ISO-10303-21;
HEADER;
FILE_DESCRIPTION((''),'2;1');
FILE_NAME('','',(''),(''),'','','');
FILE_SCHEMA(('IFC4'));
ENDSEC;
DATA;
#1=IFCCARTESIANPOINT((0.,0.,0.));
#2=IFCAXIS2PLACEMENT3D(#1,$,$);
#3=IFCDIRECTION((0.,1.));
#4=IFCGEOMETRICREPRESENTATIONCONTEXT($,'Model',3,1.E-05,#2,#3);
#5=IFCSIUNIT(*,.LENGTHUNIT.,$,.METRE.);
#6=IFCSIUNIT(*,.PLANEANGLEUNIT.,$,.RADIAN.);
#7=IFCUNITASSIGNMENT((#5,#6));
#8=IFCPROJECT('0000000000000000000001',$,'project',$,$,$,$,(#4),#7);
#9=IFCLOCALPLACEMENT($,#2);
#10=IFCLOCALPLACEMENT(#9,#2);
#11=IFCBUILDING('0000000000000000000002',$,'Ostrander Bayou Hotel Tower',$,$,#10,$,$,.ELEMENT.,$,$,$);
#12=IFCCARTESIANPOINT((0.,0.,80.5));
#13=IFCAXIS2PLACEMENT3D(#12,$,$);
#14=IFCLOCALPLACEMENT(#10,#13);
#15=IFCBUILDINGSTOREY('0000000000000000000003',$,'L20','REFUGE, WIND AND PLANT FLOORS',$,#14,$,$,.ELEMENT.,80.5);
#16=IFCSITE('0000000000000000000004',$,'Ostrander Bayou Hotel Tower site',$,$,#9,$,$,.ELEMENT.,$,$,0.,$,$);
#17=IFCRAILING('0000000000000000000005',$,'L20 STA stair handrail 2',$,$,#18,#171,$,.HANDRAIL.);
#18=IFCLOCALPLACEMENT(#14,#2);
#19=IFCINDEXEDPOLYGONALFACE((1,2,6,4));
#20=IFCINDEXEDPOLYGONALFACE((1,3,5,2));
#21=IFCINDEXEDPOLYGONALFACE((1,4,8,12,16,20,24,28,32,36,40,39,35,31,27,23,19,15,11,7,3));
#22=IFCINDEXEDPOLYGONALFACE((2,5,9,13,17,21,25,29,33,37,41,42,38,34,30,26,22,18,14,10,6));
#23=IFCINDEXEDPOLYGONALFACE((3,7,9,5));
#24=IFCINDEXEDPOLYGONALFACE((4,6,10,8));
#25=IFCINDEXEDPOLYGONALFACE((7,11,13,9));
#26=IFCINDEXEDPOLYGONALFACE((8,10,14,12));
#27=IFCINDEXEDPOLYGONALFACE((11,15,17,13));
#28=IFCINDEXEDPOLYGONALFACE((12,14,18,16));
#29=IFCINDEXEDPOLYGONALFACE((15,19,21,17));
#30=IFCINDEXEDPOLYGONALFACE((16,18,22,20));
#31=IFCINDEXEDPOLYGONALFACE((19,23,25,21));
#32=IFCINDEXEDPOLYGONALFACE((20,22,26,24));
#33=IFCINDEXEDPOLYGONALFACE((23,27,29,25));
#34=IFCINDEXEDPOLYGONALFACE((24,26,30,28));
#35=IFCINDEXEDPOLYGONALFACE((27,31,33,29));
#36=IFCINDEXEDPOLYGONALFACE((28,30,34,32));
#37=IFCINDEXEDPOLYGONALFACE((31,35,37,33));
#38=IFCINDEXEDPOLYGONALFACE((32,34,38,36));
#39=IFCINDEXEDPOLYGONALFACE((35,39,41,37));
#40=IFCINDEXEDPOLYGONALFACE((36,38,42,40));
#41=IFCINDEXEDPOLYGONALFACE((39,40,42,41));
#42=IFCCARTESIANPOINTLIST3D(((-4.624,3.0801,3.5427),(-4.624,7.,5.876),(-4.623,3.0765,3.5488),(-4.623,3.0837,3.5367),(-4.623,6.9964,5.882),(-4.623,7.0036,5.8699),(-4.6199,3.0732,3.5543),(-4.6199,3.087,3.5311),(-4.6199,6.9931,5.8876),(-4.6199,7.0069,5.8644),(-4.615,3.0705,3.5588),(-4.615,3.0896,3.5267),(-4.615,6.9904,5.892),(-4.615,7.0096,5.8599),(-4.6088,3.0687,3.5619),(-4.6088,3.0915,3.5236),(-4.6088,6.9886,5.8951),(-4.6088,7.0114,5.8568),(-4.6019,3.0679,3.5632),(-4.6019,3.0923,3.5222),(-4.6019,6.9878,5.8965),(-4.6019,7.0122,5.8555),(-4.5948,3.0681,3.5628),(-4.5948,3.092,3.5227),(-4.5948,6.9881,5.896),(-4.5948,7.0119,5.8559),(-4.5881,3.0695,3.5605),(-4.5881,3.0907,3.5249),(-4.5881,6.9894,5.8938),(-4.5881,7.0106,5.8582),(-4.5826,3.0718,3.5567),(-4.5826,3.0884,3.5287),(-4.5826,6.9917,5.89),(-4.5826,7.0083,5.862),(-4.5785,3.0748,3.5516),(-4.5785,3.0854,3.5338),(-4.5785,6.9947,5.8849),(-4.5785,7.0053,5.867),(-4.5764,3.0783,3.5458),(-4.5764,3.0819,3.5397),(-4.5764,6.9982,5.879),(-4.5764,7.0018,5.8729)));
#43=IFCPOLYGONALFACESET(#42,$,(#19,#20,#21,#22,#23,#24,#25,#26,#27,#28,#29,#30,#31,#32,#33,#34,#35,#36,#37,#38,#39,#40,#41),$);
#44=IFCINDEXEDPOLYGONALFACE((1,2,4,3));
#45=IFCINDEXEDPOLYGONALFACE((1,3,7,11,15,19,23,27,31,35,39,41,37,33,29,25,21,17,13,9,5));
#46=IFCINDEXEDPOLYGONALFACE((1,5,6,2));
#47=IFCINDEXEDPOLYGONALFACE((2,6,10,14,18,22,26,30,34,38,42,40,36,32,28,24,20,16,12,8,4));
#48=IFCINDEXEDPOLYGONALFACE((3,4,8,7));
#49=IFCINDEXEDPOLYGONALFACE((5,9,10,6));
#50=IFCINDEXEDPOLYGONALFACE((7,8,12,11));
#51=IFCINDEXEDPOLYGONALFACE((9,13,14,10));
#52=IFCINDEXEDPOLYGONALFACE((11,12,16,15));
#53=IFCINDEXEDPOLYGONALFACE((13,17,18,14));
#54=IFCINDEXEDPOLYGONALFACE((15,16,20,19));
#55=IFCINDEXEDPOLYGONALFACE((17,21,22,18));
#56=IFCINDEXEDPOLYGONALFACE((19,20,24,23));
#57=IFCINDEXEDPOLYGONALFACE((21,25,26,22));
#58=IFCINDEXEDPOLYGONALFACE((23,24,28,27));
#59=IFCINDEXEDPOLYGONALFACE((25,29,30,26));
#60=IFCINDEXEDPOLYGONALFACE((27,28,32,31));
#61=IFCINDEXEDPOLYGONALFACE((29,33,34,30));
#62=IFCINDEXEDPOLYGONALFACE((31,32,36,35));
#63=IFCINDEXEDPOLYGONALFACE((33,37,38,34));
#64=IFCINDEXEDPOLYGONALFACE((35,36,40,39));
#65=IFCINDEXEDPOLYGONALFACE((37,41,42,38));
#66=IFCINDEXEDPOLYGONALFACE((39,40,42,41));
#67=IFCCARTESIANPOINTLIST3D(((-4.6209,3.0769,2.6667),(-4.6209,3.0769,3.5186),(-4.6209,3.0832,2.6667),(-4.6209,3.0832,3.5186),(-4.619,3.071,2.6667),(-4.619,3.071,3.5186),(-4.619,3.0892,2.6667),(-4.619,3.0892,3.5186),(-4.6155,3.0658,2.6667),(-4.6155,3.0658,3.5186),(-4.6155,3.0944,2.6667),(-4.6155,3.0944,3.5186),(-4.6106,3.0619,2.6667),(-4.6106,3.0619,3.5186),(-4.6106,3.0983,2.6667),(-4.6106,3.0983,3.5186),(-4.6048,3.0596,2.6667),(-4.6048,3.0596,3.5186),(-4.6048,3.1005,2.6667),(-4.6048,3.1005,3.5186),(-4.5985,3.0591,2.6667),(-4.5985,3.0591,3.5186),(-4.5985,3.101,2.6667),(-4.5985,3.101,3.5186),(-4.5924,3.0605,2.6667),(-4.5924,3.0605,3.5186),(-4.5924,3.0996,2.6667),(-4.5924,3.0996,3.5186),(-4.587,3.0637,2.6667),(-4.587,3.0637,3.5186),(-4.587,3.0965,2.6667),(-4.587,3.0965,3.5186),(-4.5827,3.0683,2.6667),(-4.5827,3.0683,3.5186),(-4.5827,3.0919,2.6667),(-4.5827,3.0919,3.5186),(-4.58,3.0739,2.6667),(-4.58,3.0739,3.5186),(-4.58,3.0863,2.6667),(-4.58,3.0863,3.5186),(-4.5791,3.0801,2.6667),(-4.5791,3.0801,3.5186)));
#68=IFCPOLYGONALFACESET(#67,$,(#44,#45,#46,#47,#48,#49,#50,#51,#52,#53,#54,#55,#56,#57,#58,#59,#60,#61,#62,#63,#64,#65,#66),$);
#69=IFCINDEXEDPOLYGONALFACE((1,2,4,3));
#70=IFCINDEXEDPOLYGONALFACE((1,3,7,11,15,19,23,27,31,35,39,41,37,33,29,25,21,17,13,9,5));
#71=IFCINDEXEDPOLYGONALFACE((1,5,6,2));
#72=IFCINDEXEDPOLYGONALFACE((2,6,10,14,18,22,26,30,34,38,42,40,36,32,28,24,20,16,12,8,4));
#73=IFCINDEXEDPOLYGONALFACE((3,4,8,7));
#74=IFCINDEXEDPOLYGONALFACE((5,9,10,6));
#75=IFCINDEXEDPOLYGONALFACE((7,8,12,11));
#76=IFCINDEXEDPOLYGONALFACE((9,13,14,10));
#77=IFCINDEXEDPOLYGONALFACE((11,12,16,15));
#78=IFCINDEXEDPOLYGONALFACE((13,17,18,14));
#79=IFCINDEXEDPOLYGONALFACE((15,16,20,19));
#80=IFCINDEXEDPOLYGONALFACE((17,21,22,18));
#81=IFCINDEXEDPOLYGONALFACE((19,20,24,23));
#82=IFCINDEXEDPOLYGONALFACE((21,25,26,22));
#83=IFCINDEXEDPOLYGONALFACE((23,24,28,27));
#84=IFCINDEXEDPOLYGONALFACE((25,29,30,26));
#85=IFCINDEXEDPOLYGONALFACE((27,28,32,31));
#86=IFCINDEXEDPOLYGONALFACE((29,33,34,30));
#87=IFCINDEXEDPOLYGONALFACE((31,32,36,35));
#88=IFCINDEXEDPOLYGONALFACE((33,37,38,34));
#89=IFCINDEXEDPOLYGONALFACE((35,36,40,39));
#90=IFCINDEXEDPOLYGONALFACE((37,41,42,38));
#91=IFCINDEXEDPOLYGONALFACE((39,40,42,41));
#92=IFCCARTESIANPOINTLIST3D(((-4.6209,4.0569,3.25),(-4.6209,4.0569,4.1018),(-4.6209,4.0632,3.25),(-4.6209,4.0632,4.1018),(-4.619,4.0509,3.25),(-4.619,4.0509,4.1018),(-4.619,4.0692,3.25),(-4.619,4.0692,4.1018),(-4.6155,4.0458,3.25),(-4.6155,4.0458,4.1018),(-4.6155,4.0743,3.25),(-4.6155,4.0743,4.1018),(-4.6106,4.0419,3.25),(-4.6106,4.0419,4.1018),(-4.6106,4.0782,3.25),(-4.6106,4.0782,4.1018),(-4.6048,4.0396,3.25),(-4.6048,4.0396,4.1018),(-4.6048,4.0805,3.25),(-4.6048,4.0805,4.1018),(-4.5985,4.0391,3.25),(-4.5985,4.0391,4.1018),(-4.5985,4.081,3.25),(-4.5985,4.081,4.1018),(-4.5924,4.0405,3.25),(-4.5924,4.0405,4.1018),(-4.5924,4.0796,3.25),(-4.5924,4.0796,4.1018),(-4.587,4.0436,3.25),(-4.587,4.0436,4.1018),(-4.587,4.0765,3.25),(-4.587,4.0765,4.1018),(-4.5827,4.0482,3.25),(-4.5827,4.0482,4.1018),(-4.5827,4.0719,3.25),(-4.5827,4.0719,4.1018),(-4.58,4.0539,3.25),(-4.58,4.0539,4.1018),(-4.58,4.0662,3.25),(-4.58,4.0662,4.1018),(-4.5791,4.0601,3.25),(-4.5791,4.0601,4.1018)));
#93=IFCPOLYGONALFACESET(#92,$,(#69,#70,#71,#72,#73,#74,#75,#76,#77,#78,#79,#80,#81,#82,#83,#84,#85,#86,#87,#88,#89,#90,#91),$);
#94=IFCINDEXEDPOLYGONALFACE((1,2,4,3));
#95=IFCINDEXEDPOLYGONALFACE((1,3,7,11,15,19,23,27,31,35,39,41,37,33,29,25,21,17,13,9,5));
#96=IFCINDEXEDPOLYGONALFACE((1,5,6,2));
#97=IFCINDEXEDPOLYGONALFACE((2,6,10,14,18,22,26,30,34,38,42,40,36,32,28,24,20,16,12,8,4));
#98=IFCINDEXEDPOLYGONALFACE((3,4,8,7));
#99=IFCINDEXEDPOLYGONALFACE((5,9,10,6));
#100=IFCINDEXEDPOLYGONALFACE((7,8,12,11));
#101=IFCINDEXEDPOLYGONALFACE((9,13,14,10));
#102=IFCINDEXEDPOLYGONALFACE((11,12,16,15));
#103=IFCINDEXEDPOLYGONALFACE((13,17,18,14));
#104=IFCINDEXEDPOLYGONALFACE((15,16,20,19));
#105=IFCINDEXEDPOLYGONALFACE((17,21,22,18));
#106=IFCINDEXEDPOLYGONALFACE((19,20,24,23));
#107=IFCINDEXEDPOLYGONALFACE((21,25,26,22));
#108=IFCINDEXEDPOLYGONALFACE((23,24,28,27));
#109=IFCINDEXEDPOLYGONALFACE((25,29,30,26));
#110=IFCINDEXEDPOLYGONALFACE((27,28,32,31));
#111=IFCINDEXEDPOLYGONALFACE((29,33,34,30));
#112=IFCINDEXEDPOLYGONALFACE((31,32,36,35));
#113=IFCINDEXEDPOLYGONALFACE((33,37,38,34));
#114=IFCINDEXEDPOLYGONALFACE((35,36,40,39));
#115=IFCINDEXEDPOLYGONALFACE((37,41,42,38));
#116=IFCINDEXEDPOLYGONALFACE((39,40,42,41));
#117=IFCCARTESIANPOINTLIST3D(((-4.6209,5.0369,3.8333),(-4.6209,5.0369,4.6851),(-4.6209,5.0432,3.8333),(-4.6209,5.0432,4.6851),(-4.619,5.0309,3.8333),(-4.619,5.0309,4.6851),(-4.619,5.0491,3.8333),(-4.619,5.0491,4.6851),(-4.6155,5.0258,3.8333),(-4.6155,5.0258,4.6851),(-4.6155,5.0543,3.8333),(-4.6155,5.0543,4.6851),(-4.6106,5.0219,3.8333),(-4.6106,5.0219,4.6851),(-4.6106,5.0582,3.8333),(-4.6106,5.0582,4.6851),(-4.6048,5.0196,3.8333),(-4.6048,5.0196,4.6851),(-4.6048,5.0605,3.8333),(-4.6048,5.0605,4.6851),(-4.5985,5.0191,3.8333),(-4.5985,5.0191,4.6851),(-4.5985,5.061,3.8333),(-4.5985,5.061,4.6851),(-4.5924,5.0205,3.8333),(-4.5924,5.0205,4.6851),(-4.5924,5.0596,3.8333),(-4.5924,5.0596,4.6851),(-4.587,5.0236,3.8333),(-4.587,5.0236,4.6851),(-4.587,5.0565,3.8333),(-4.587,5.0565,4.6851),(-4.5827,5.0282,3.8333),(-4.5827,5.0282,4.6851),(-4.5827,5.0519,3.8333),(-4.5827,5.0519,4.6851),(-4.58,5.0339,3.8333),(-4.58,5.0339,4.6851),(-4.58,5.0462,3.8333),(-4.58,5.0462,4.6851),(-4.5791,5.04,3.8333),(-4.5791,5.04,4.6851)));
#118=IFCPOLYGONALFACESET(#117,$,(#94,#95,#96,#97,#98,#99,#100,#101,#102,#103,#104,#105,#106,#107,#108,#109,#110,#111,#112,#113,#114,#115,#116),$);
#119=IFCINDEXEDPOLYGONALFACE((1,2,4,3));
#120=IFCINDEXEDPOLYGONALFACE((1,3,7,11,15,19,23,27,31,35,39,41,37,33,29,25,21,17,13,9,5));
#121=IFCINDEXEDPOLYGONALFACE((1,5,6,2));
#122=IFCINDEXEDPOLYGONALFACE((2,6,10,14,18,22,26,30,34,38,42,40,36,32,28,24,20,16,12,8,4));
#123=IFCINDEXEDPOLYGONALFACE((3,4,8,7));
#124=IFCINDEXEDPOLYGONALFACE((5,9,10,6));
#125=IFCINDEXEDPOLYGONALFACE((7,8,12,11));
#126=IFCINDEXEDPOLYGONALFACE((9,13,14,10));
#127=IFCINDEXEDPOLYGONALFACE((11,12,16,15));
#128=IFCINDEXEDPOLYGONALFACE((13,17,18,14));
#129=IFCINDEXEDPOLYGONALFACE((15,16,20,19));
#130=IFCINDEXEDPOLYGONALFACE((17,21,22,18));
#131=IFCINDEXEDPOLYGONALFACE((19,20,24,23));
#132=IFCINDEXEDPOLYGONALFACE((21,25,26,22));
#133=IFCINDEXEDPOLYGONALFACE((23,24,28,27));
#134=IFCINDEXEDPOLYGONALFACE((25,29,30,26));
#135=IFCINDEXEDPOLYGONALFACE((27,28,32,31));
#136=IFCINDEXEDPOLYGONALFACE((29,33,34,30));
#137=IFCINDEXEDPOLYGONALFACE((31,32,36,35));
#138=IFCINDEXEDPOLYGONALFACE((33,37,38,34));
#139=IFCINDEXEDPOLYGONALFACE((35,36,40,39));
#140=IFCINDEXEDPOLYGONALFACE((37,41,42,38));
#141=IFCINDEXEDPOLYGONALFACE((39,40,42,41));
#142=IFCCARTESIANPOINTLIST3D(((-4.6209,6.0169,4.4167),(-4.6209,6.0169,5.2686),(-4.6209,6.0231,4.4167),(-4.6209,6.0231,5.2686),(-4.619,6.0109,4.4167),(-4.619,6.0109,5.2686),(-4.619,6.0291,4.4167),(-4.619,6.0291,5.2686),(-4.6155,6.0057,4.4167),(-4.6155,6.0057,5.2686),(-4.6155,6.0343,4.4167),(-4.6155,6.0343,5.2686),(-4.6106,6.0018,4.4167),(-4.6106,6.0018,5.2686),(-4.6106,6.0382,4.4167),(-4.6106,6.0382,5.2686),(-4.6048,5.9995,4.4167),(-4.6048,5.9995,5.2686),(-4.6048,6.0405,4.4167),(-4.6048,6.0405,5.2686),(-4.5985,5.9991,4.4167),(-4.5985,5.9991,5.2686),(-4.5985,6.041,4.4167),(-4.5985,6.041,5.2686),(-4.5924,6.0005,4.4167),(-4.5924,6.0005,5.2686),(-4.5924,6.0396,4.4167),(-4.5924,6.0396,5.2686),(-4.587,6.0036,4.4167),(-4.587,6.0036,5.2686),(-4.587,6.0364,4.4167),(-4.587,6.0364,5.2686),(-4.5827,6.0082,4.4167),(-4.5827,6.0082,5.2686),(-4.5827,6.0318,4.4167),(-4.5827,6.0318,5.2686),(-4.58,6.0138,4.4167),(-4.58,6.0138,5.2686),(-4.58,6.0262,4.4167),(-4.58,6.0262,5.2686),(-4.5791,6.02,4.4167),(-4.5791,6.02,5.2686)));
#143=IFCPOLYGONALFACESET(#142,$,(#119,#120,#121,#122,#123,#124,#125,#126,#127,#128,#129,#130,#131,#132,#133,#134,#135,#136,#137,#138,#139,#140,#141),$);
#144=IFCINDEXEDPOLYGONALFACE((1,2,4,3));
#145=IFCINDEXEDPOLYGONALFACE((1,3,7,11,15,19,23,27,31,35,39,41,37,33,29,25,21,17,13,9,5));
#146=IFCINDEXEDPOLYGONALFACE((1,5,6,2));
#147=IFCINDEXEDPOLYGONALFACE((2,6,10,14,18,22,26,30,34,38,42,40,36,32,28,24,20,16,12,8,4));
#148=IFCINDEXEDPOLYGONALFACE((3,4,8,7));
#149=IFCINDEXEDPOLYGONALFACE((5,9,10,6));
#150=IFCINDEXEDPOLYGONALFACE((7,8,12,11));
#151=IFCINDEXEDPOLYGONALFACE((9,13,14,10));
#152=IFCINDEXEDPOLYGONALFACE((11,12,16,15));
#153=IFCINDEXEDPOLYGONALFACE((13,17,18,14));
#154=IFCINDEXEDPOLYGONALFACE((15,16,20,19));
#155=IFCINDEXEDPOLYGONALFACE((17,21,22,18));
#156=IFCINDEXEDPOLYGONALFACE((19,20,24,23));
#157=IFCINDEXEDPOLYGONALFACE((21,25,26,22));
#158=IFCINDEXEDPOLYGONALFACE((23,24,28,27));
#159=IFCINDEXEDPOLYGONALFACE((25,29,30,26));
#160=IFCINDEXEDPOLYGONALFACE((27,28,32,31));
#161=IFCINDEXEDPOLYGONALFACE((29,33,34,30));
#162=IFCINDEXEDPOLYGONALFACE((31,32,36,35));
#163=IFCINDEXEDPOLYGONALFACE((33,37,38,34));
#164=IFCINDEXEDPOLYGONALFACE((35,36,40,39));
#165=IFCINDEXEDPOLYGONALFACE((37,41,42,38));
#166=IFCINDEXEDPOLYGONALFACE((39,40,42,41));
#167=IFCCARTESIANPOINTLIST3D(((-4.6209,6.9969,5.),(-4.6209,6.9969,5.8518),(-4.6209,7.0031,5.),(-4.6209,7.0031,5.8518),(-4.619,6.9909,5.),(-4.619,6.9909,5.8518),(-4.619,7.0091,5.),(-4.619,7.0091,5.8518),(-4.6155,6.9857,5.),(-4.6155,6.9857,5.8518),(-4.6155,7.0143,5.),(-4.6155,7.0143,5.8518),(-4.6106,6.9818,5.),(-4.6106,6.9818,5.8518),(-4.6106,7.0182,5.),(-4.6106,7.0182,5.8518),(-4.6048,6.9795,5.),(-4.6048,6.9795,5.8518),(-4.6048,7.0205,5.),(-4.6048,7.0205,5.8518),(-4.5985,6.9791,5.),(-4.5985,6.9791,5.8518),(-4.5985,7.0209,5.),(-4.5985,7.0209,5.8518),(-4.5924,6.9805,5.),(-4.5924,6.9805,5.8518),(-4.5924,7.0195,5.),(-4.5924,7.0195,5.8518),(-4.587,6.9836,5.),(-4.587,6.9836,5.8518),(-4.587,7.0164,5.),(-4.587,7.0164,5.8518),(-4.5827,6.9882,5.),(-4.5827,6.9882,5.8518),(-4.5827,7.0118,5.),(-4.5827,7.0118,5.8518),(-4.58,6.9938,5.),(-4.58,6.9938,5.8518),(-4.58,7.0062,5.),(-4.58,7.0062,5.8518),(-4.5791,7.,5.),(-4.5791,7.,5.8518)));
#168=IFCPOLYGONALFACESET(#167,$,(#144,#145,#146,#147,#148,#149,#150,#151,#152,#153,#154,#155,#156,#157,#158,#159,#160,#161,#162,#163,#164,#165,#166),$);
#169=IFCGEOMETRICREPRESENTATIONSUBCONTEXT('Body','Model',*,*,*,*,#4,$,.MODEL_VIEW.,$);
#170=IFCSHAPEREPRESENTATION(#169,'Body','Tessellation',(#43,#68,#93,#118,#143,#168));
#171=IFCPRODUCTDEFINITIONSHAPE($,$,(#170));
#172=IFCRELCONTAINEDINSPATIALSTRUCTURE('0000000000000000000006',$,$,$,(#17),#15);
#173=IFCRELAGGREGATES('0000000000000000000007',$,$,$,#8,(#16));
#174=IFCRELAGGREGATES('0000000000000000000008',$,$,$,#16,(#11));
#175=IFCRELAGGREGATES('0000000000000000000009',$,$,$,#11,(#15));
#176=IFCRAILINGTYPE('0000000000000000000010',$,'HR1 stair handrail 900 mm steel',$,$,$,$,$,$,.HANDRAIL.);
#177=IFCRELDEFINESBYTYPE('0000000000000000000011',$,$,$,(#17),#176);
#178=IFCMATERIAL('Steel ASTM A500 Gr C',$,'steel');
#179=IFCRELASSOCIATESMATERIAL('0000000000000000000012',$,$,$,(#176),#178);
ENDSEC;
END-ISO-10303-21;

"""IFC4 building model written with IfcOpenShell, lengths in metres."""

from ifc_helpers import new_model, si_unit, direction, frame, origin, origin_2d, place, context, subcontext, project, spatial, circle, extrude, material, type_object, element, save


model = new_model("IFC4")

# Units and contexts
model_context = context("Model", 3, precision=1e-05, world=origin(), true_north=direction((0.0, 1.0)))
body_context = subcontext(model_context, "Body", "Model", "MODEL_VIEW")
ifc_project = project(units=[si_unit("LENGTHUNIT", "METRE"), si_unit("PLANEANGLEUNIT", "RADIAN")], contexts=[model_context])

# Site, building, storey
site_placement = place(None, origin())
site = spatial("IfcSite", under=ifc_project, at=site_placement, Name="Ostrander Bayou Hotel Tower site", CompositionType="ELEMENT", RefElevation=0.0)
building_placement = place(site_placement, origin())
building = spatial("IfcBuilding", under=site, at=building_placement, Name="Ostrander Bayou Hotel Tower", CompositionType="ELEMENT")
storey_placement = place(building_placement, frame((0.0, 0.0, 80.5)))
storey = spatial("IfcBuildingStorey", under=building, at=storey_placement, Name="L20", Description="REFUGE, WIND AND PLANT FLOORS", CompositionType="ELEMENT", Elevation=80.5)

# Railing
ifc_material_1 = material(Name="Steel ASTM A500 Gr C", Category="steel")
railing_type_1 = type_object("IfcRailingType", Name="HR1 stair handrail 900 mm steel", PredefinedType="HANDRAIL", material=ifc_material_1)
railing_1_placement = place(storey_placement, frame((-4.6001, 3.0801, 2.6667)))
element("IfcRailing", 1, at=railing_1_placement, inside=storey, type_object=railing_type_1, Name="L20 STA stair handrail 2", PredefinedType="HANDRAIL", context=body_context, shape_type="SweptSolid", body=[
    extrude(circle(Radius=0.0239, at=origin_2d()), frame((0.0, 0.0, 0.876), z_axis=(0.0, 0.859296, 0.511478), x_axis=(-1.0, 0.0, 0.0)), (0.0, 0.0, 1.0), 4.5618),
    extrude(circle(Radius=0.021, at=origin_2d()), origin(), (0.0, 0.0, 1.0), 0.8518),
    extrude(circle(Radius=0.021, at=origin_2d()), frame((0.0, 0.98, 0.5833)), (0.0, 0.0, 1.0), 0.8518),
    extrude(circle(Radius=0.021, at=origin_2d()), frame((0.0, 1.96, 1.1665)), (0.0, 0.0, 1.0), 0.8518),
    extrude(circle(Radius=0.021, at=origin_2d()), frame((0.0, 2.9399, 1.75)), (0.0, 0.0, 1.0), 0.8518),
    extrude(circle(Radius=0.021, at=origin_2d()), frame((0.0, 3.9199, 2.3333)), (0.0, 0.0, 1.0), 0.8518),
])

save(model, "model.ifc")
